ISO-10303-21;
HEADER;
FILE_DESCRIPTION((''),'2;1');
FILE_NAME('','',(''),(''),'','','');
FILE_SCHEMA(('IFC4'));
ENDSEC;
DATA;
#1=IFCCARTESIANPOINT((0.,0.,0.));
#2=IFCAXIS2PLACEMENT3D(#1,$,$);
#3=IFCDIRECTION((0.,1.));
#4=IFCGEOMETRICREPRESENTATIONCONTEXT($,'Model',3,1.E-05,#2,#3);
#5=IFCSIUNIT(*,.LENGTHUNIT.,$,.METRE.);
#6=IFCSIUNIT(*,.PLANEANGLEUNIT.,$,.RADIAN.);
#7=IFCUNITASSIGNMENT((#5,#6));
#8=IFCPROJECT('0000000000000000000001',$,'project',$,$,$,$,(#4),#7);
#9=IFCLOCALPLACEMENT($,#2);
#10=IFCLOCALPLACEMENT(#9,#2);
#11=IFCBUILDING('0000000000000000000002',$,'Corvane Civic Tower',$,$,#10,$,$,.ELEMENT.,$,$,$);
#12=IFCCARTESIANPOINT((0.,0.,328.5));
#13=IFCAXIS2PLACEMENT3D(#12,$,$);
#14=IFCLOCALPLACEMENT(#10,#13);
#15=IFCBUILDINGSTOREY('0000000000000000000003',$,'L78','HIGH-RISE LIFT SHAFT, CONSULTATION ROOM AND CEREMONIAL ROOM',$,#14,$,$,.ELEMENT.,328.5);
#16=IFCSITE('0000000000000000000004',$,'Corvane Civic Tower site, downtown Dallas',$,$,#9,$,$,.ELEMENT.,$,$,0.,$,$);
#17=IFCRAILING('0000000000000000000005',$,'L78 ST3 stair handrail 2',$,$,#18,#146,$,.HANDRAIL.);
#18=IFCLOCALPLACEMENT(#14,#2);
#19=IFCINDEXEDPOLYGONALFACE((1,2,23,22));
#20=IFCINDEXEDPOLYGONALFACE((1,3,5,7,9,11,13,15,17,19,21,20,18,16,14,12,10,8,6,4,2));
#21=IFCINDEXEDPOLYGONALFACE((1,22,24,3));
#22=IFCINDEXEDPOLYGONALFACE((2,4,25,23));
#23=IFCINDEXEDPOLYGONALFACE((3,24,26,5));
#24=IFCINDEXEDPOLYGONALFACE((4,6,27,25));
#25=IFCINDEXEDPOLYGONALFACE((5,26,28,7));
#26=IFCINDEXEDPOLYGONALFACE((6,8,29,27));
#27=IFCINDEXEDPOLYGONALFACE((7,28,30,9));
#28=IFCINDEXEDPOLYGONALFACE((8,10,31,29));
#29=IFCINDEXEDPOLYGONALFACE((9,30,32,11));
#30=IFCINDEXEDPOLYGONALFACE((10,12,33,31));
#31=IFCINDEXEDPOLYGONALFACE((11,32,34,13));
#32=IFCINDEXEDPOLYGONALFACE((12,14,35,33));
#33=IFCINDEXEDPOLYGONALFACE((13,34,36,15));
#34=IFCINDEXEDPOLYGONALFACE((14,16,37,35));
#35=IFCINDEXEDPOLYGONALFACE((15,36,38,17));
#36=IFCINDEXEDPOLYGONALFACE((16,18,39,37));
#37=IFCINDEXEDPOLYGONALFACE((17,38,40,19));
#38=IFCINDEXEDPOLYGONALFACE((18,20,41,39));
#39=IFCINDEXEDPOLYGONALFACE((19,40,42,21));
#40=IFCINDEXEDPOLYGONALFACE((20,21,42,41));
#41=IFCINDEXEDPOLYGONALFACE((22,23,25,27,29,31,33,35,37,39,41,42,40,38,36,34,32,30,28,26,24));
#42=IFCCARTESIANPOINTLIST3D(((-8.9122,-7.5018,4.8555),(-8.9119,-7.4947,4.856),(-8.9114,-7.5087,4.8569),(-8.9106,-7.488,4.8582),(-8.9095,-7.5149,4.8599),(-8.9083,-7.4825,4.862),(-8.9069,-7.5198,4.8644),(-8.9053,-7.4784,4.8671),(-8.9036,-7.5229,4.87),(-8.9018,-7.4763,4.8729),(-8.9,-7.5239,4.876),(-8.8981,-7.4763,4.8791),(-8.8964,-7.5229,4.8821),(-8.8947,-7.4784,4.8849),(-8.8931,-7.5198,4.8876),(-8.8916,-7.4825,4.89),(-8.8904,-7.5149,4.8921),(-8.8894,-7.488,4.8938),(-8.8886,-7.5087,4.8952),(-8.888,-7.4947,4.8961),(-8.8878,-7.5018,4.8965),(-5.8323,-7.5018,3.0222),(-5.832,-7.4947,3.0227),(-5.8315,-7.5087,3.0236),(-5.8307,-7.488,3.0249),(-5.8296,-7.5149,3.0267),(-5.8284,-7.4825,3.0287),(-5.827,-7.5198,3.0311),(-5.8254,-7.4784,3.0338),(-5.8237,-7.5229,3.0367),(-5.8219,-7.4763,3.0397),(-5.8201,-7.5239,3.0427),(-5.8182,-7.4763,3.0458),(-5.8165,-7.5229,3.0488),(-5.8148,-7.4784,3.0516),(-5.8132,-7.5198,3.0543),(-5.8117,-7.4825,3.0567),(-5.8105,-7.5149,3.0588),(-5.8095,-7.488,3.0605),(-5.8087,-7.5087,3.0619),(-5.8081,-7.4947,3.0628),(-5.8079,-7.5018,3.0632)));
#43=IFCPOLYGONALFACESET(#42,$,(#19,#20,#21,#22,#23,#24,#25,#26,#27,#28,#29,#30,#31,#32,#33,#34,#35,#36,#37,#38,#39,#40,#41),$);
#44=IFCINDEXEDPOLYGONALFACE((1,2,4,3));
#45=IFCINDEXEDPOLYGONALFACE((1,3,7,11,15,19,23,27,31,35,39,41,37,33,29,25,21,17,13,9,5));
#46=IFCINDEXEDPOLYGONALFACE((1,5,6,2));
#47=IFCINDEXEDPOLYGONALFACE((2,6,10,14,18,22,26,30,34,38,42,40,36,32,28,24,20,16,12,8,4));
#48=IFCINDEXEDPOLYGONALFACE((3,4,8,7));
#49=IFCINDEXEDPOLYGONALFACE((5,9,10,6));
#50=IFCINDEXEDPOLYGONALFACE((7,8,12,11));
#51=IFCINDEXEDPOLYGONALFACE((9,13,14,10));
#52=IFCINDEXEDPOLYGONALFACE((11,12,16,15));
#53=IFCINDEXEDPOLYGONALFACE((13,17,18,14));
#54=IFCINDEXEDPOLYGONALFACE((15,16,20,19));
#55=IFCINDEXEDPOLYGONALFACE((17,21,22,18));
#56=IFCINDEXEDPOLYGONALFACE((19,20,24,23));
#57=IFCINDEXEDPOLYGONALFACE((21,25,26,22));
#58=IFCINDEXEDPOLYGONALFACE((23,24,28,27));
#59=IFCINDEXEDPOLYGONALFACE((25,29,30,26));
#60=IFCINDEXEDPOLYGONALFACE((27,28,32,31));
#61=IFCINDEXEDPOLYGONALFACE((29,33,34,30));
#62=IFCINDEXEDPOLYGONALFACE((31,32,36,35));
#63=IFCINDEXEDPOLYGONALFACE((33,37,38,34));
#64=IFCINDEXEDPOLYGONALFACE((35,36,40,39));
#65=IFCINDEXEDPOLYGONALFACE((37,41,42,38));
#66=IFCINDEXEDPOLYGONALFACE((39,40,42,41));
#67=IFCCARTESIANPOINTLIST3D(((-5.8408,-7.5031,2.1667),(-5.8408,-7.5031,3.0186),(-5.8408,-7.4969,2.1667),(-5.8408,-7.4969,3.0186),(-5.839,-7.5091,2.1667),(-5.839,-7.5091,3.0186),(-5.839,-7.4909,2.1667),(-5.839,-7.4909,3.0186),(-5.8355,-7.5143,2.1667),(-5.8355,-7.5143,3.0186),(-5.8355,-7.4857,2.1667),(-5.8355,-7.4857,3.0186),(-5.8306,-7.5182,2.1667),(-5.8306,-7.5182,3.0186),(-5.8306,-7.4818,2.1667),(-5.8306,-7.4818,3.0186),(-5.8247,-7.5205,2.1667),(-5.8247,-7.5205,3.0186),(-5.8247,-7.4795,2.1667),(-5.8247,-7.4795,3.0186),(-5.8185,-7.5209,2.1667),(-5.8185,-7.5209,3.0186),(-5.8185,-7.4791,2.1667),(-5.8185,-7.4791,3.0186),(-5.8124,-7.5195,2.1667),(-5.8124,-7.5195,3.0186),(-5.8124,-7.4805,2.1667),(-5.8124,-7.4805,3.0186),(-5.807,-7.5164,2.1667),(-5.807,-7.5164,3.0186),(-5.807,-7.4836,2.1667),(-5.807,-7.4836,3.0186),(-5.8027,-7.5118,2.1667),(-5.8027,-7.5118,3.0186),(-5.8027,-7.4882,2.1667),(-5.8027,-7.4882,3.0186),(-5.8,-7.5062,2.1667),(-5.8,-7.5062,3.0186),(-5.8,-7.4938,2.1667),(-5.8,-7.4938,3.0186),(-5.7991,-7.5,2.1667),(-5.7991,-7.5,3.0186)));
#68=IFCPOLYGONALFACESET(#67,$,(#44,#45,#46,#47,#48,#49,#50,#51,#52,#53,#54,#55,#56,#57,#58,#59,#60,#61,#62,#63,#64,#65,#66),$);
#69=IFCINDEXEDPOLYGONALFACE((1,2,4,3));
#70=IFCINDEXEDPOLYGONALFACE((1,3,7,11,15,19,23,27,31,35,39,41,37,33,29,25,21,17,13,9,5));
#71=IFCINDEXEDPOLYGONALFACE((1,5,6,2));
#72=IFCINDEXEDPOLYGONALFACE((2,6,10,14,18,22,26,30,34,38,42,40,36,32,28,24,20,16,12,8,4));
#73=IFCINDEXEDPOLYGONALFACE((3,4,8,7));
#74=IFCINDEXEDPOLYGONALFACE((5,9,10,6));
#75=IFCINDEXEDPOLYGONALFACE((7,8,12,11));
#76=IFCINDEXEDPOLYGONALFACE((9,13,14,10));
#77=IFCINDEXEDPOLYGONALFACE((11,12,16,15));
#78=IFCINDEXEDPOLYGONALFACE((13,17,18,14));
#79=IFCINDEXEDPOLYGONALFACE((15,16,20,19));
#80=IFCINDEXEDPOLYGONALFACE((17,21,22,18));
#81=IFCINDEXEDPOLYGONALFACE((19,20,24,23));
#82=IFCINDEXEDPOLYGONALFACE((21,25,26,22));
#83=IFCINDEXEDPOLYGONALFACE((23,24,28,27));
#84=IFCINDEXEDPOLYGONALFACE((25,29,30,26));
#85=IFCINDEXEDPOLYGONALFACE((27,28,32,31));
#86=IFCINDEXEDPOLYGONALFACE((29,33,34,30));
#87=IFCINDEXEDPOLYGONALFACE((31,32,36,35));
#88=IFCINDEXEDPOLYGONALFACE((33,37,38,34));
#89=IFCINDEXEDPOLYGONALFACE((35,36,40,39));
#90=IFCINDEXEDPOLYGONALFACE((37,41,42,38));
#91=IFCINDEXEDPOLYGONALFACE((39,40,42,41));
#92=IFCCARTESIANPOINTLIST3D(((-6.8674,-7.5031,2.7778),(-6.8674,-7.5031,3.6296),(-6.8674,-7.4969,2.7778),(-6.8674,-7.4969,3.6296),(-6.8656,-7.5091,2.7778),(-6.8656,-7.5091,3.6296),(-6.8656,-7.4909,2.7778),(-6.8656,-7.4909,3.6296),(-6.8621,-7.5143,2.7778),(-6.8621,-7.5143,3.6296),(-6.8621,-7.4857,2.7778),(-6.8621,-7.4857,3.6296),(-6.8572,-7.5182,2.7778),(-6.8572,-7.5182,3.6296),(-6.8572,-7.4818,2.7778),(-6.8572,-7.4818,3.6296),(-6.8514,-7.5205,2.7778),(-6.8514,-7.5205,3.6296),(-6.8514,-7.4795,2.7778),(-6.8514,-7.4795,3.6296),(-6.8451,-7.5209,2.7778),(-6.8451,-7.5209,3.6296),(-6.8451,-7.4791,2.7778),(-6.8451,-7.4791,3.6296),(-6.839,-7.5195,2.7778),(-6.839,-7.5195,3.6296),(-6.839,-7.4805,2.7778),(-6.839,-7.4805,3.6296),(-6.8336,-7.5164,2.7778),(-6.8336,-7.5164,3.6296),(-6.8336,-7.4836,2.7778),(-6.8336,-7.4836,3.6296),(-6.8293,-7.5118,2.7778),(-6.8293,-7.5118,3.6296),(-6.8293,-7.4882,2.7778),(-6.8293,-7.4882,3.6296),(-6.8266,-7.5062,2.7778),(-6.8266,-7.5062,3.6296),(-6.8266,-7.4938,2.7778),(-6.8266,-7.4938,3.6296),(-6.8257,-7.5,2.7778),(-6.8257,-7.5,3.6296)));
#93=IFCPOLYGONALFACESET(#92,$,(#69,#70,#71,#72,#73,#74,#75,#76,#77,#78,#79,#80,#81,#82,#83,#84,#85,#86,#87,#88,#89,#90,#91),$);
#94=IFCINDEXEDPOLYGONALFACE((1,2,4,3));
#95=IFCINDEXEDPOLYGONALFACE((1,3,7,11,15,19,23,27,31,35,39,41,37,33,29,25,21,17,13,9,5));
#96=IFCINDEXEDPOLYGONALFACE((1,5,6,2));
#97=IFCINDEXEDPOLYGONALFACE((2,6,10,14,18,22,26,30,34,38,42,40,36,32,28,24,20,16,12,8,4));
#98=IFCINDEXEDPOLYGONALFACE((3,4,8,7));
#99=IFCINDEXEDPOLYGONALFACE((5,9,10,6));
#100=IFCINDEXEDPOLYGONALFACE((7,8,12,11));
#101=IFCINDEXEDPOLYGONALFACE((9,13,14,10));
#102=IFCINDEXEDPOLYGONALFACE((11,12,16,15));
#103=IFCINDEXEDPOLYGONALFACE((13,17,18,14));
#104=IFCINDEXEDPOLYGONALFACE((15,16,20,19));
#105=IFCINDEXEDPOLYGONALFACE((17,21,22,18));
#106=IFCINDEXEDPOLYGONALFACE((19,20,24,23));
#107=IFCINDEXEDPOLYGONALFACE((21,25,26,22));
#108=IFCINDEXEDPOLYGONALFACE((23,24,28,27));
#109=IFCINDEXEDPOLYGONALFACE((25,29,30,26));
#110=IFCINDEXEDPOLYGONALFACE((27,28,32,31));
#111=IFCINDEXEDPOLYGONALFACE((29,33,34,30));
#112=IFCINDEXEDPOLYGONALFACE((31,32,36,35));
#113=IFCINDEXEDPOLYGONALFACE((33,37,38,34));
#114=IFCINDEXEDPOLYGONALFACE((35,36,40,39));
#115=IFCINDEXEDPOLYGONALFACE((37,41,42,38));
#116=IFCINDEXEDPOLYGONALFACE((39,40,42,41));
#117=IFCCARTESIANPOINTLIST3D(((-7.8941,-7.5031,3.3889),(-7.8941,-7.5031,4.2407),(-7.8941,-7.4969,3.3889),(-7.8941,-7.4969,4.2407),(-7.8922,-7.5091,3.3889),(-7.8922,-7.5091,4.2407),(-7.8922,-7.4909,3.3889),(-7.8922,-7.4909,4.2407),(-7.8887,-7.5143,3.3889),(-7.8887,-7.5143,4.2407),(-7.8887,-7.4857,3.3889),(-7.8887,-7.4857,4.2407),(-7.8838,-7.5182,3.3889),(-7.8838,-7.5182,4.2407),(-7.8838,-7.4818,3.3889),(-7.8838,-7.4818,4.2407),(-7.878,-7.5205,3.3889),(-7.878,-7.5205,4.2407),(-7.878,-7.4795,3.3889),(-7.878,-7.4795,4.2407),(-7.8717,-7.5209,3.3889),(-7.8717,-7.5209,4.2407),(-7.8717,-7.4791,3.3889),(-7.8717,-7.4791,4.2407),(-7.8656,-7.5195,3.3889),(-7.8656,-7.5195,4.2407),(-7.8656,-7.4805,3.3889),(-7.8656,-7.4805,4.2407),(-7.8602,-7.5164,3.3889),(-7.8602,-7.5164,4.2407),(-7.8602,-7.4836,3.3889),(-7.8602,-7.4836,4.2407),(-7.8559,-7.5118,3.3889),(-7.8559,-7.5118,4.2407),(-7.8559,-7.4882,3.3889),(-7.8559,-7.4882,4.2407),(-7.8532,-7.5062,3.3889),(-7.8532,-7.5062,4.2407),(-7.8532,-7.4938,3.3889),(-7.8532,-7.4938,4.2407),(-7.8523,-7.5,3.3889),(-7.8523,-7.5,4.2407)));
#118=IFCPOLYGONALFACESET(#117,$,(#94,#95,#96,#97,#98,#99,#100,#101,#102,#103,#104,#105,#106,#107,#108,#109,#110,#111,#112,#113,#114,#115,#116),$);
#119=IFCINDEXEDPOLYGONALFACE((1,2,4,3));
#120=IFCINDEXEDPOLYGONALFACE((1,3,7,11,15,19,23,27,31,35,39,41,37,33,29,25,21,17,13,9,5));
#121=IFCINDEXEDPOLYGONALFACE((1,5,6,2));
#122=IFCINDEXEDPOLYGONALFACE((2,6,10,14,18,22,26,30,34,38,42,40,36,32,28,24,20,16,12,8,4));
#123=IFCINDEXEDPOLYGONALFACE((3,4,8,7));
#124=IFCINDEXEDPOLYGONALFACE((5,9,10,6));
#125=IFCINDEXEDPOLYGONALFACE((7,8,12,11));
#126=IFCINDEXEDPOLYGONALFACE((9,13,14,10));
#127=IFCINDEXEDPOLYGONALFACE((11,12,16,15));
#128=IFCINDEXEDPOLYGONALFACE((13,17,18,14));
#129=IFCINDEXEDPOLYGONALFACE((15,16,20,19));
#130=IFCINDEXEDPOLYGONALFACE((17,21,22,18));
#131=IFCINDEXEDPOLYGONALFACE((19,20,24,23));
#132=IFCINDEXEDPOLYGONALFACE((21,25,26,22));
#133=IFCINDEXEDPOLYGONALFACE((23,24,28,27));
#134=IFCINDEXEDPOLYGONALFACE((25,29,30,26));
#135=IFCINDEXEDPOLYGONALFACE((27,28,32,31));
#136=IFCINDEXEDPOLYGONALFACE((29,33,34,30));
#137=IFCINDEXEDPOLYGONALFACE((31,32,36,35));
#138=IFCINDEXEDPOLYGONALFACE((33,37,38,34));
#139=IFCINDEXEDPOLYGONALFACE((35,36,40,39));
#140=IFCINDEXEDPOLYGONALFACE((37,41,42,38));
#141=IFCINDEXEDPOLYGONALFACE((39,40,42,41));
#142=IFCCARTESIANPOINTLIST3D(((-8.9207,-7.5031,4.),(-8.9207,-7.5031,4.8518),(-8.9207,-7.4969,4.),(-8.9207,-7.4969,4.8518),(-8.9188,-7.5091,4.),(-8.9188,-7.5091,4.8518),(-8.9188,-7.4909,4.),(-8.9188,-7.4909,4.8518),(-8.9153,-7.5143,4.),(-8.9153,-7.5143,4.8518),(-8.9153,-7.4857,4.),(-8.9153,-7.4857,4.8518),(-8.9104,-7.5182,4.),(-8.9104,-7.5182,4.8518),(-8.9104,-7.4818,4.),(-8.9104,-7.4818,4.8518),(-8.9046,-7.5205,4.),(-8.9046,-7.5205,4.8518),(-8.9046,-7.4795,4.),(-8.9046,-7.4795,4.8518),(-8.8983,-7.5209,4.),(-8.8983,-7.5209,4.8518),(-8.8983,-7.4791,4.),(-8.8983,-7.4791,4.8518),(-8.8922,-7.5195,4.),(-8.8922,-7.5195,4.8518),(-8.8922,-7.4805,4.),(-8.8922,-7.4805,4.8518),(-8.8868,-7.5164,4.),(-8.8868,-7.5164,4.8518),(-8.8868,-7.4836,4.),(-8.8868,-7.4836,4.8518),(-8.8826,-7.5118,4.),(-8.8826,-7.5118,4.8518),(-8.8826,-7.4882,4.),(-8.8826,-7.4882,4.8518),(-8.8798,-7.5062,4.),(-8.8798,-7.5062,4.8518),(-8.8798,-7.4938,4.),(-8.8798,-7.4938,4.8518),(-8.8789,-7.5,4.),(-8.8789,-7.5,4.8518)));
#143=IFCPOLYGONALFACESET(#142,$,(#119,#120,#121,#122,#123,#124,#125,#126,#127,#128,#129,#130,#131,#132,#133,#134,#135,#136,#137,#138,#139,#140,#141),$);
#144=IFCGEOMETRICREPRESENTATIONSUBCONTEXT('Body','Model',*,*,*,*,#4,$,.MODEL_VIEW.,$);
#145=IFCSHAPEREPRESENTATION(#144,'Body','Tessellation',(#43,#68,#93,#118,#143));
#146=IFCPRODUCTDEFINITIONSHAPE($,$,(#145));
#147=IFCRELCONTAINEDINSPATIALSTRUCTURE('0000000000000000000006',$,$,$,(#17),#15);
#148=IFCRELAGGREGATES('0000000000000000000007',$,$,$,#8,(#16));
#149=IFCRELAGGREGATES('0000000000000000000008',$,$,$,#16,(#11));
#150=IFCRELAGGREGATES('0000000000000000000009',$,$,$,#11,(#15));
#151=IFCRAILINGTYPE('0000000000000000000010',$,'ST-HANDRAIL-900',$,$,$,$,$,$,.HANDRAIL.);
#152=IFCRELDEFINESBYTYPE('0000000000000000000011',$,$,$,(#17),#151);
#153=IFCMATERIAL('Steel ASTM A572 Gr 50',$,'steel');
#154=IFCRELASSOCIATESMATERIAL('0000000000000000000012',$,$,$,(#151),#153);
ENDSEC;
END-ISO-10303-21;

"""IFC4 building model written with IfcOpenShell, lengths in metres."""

from ifc_helpers import new_model, si_unit, direction, frame, origin, origin_2d, place, context, subcontext, project, spatial, circle, extrude, material, type_object, element, save


model = new_model("IFC4")

# Units and contexts
model_context = context("Model", 3, precision=1e-05, world=origin(), true_north=direction((0.0, 1.0)))
body_context = subcontext(model_context, "Body", "Model", "MODEL_VIEW")
ifc_project = project(units=[si_unit("LENGTHUNIT", "METRE"), si_unit("PLANEANGLEUNIT", "RADIAN")], contexts=[model_context])

# Site, building, storey
site_placement = place(None, origin())
site = spatial("IfcSite", under=ifc_project, at=site_placement, Name="Corvane Civic Tower site, downtown Dallas", CompositionType="ELEMENT", RefElevation=0.0)
building_placement = place(site_placement, origin())
building = spatial("IfcBuilding", under=site, at=building_placement, Name="Corvane Civic Tower", CompositionType="ELEMENT")
storey_placement = place(building_placement, frame((0.0, 0.0, 328.5)))
storey = spatial("IfcBuildingStorey", under=building, at=storey_placement, Name="L78", Description="HIGH-RISE LIFT SHAFT, CONSULTATION ROOM AND CEREMONIAL ROOM", CompositionType="ELEMENT", Elevation=328.5)

# Railing
ifc_material_1 = material(Name="Steel ASTM A572 Gr 50", Category="steel")
railing_type_1 = type_object("IfcRailingType", Name="ST-HANDRAIL-900", PredefinedType="HANDRAIL", material=ifc_material_1)
railing_1_placement = place(storey_placement, frame((-5.8201, -7.5, 2.1667)))
element("IfcRailing", 1, at=railing_1_placement, inside=storey, type_object=railing_type_1, Name="L78 ST3 stair handrail 2", PredefinedType="HANDRAIL", context=body_context, shape_type="SweptSolid", body=[
    extrude(circle(Radius=0.0239, at=origin_2d()), frame((0.0, 0.0, 0.876), z_axis=(-0.859291, 0.0, 0.511487), x_axis=(0.0, -1.0, 0.0)), (0.0, 0.0, 1.0), 3.5842),
    extrude(circle(Radius=0.021, at=origin_2d()), origin(), (0.0, 0.0, 1.0), 0.8518),
    extrude(circle(Radius=0.021, at=origin_2d()), frame((-1.0266, 0.0, 0.6111)), (0.0, 0.0, 1.0), 0.8518),
    extrude(circle(Radius=0.021, at=origin_2d()), frame((-2.0532, 0.0, 1.2222)), (0.0, 0.0, 1.0), 0.8518),
    extrude(circle(Radius=0.021, at=origin_2d()), frame((-3.0798, 0.0, 1.8333)), (0.0, 0.0, 1.0), 0.8518),
])

save(model, "model.ifc")
